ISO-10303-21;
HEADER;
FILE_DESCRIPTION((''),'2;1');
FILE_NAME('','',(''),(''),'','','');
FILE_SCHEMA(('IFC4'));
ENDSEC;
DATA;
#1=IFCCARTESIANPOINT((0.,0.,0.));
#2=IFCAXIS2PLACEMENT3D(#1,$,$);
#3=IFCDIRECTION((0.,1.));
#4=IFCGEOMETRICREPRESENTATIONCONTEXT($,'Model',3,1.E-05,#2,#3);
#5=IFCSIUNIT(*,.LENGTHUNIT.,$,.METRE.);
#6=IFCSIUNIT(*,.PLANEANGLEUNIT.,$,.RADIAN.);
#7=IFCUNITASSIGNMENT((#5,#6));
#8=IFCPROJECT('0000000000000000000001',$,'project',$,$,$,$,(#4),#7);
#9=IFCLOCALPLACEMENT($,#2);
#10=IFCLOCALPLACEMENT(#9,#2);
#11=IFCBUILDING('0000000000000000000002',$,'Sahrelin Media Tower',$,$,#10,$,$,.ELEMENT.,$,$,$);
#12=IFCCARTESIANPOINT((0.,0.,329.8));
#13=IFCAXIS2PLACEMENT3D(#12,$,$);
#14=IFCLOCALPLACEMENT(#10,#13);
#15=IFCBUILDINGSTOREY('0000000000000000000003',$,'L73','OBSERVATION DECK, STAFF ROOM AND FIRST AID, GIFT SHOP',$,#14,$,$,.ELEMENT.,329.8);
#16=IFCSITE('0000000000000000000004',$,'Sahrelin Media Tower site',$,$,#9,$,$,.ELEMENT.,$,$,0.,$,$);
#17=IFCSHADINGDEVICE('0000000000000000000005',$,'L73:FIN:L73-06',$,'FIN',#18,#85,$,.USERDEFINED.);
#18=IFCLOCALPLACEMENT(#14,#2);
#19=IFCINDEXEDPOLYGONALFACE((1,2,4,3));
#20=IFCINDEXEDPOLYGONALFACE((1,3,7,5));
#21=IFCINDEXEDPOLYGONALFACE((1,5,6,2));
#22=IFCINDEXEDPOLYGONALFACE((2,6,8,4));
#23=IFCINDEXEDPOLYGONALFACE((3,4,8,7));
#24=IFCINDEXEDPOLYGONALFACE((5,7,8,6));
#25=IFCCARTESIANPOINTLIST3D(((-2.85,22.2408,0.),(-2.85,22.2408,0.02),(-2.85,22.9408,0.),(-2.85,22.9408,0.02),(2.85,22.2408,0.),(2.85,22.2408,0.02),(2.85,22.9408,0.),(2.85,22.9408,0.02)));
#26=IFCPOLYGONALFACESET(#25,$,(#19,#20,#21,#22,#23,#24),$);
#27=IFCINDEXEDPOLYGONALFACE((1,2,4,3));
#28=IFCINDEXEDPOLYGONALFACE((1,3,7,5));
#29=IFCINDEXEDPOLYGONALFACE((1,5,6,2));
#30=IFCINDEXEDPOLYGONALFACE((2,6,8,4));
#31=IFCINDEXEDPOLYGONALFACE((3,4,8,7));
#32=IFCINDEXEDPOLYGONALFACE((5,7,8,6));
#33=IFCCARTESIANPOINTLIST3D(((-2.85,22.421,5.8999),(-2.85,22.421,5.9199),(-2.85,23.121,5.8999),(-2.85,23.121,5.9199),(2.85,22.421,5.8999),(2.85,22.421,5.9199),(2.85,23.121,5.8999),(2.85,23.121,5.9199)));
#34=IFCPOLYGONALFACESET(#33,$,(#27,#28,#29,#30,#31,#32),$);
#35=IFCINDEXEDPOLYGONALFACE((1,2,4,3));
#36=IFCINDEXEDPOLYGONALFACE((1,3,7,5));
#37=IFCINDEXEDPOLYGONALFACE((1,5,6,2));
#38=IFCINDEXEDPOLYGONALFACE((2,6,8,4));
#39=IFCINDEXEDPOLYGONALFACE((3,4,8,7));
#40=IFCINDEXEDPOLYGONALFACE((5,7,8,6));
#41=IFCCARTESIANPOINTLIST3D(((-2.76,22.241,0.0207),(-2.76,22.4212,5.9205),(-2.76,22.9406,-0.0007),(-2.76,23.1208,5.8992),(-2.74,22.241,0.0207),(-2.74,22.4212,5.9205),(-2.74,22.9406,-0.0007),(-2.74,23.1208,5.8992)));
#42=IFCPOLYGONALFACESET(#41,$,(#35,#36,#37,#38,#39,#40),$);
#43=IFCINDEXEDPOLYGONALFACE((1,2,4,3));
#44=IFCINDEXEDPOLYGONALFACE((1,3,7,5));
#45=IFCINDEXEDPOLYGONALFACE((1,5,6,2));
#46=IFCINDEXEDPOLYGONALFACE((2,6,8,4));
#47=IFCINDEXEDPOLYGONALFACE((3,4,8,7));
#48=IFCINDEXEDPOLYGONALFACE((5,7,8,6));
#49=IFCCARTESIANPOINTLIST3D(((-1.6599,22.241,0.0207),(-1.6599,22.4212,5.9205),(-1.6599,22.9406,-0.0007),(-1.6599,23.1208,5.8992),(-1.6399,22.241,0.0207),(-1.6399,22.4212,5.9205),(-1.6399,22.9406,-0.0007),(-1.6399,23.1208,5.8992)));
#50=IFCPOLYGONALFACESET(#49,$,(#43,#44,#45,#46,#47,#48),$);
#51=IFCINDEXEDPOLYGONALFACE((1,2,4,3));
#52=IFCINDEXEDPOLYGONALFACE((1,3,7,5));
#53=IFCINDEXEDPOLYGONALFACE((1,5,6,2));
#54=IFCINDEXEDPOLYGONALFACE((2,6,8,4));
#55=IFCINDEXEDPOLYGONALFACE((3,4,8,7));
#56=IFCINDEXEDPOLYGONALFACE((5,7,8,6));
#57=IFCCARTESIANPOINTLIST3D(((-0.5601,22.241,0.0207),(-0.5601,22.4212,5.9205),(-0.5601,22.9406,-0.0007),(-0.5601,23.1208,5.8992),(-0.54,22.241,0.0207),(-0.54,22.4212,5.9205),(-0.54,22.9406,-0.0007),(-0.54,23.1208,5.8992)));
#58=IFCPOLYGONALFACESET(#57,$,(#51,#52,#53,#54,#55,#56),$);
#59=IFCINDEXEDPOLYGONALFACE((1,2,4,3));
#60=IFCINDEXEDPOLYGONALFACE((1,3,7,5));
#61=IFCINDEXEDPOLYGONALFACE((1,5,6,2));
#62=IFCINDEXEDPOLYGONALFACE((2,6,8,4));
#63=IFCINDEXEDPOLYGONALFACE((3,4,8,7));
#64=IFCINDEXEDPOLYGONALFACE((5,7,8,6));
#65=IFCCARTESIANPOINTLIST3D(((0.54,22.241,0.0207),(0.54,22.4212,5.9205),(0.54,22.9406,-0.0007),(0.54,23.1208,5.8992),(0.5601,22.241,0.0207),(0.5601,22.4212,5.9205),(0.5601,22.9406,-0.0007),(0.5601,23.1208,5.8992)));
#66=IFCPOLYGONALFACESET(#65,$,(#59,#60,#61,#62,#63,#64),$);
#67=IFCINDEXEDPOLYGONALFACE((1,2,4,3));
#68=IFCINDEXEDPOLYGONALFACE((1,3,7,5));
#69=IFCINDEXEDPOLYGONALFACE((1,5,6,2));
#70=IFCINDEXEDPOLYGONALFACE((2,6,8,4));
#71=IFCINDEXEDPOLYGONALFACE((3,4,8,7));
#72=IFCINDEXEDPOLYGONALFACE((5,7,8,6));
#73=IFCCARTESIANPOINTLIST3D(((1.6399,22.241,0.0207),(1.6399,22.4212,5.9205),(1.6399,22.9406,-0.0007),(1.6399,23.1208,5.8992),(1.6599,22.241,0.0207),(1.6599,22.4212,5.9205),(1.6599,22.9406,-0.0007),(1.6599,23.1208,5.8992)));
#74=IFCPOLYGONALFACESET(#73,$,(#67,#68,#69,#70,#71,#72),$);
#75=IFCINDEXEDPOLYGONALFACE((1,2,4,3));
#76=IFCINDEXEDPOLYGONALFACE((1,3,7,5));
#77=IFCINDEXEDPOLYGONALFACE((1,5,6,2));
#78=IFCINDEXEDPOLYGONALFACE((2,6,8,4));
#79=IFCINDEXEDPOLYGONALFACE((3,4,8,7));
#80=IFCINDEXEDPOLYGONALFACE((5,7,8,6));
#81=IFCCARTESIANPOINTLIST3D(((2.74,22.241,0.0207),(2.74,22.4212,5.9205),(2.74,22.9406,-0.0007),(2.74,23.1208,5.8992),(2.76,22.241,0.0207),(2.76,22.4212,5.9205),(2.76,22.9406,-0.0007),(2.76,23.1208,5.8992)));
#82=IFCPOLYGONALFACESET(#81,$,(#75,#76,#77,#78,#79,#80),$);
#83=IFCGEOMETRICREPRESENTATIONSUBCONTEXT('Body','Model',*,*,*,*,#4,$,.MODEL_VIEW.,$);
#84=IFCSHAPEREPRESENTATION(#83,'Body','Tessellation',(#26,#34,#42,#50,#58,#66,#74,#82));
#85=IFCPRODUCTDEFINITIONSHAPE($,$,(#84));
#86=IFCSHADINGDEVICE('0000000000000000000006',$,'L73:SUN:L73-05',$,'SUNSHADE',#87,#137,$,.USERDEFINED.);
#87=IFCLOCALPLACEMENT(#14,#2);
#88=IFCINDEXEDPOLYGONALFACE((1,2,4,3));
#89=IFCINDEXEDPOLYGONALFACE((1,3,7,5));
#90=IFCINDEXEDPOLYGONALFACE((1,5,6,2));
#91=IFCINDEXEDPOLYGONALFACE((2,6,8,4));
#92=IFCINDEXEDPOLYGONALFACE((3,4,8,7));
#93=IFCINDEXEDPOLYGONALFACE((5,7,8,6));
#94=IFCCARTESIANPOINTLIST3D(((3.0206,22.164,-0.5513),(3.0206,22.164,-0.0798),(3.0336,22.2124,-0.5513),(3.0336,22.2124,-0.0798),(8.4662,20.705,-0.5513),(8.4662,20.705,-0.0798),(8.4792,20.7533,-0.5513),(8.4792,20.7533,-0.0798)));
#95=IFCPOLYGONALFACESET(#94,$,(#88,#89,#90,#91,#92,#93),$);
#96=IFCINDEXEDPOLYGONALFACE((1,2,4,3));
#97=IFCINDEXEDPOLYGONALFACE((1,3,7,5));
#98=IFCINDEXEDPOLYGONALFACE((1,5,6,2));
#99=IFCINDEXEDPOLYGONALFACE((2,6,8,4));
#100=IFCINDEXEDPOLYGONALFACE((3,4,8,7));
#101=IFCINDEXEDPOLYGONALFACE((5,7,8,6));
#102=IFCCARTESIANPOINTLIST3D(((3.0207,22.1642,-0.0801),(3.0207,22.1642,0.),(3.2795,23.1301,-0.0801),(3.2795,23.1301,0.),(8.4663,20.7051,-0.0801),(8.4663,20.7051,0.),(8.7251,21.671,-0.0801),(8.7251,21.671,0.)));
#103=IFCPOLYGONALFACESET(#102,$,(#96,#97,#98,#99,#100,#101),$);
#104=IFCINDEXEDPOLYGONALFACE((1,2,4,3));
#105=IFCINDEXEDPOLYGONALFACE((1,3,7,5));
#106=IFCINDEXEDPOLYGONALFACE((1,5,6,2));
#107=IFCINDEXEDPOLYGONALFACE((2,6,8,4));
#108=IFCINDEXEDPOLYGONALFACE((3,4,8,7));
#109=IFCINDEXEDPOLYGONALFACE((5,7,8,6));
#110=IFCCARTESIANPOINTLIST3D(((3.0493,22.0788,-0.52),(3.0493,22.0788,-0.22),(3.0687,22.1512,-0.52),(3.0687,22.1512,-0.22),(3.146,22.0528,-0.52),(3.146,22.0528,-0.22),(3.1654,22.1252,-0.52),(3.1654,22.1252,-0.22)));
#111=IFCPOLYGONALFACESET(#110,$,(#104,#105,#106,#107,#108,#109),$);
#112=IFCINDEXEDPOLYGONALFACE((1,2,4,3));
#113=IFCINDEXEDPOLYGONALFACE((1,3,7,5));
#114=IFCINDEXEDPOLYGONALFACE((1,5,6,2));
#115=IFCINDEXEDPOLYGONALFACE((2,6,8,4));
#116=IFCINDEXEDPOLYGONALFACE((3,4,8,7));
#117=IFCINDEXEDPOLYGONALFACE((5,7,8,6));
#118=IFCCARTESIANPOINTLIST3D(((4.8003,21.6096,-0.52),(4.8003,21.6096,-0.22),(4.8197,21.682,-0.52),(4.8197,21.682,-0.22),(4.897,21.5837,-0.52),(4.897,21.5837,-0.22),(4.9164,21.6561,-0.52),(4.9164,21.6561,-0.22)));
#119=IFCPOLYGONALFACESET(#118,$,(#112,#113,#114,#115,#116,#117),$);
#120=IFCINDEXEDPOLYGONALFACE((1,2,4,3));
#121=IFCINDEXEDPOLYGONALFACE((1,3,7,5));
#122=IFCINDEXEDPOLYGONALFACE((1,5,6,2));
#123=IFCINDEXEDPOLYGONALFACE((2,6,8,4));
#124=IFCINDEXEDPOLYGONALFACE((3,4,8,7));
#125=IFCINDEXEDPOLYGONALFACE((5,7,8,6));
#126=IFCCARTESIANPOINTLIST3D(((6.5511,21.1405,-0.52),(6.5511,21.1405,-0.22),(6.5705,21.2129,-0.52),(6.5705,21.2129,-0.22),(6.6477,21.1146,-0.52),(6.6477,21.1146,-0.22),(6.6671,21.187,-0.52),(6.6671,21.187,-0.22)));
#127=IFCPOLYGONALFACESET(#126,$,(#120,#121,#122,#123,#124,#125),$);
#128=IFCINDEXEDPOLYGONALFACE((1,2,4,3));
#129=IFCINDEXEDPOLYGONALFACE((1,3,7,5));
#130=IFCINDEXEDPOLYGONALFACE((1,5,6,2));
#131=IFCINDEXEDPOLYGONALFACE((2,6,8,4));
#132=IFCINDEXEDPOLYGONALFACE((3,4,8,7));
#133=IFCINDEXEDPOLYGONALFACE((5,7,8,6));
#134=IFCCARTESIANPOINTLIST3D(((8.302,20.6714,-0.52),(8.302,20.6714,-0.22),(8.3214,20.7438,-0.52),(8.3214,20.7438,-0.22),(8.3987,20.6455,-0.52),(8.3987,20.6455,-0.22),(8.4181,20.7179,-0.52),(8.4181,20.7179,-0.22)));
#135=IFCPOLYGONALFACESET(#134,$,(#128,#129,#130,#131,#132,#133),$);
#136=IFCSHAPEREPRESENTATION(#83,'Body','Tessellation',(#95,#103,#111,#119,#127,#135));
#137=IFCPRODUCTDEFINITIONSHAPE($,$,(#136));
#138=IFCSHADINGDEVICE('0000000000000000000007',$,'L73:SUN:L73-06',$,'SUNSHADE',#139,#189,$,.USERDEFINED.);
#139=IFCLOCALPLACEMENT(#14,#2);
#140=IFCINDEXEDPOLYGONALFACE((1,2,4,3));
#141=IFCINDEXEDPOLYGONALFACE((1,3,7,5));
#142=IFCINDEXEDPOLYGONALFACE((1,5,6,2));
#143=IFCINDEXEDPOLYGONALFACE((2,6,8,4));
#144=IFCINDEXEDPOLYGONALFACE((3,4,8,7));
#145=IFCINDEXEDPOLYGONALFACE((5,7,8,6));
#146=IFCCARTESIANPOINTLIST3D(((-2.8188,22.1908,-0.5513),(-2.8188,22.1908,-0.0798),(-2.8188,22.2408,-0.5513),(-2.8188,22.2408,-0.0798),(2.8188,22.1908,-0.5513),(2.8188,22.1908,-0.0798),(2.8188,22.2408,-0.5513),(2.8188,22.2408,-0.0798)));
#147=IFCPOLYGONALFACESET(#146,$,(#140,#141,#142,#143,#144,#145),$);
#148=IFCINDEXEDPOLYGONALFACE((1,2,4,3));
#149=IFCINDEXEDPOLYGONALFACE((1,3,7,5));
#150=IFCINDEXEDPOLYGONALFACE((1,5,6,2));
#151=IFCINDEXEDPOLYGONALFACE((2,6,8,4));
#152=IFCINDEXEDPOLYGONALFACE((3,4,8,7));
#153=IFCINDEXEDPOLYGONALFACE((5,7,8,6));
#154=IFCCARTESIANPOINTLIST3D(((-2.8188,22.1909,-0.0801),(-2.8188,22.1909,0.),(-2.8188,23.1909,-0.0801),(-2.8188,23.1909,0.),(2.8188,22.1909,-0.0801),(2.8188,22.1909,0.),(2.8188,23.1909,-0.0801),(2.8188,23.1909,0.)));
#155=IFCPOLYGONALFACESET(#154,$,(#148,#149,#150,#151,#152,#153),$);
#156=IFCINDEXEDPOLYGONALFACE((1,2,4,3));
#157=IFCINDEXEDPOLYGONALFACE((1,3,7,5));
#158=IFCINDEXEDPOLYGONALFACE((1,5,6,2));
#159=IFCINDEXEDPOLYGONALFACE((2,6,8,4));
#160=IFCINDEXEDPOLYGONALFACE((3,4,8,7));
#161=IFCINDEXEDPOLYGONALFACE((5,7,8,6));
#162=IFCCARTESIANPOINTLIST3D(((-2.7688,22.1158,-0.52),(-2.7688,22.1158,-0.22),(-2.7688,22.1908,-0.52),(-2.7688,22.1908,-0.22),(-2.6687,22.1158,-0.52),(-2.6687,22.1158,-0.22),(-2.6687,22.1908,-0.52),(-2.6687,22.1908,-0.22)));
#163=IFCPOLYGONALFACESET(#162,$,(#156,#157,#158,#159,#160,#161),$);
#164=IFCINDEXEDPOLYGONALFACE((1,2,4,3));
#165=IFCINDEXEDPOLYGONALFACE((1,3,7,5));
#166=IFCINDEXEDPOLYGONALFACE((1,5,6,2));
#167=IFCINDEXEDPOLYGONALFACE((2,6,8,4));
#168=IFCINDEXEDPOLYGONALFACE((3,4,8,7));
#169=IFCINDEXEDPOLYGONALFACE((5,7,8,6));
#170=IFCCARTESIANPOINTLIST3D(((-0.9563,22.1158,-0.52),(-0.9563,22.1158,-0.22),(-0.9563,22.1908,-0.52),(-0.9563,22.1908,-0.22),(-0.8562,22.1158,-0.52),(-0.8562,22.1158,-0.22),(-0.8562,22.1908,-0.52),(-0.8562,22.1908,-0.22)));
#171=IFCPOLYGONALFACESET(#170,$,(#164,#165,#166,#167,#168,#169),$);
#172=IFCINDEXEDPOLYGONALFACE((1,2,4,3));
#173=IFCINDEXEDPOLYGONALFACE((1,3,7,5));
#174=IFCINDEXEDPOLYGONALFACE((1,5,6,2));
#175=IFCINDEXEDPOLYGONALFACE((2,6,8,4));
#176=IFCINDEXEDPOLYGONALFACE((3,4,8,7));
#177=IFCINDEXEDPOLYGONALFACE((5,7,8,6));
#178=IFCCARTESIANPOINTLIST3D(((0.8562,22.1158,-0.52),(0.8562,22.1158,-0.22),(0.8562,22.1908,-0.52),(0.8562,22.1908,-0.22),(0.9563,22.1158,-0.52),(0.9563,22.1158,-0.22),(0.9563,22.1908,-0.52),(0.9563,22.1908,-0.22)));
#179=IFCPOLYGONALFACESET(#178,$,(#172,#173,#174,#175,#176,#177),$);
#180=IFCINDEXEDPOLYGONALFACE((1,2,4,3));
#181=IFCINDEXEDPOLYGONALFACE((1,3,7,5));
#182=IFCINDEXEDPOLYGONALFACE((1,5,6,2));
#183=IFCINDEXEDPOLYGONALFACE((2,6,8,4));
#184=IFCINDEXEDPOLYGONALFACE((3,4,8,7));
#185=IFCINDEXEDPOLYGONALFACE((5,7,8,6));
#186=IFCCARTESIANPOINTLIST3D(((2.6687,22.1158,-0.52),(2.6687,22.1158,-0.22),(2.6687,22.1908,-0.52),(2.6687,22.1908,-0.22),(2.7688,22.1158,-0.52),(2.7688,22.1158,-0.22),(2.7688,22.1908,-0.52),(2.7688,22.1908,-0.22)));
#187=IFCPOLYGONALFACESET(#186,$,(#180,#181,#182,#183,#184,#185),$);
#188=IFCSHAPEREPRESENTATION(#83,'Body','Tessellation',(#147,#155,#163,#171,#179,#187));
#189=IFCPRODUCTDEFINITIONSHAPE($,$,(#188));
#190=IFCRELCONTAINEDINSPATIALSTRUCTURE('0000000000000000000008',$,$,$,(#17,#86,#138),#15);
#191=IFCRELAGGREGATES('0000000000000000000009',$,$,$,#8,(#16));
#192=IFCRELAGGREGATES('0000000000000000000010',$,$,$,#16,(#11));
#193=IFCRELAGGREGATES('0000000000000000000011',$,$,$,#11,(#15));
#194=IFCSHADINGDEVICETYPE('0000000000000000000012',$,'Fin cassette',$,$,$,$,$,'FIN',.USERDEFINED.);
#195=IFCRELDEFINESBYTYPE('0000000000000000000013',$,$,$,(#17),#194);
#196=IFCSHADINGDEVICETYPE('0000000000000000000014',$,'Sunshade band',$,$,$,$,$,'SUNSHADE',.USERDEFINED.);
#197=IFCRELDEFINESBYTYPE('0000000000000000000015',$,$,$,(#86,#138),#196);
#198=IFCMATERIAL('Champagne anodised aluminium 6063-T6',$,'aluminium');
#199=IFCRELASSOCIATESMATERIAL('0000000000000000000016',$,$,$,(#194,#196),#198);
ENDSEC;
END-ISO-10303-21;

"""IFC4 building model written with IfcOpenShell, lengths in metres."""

from ifc_helpers import new_model, si_unit, direction, frame, origin, origin_2d, place, context, subcontext, project, spatial, rectangle, extrude, material, type_object, element, save


model = new_model("IFC4")

# Units and contexts
model_context = context("Model", 3, precision=1e-05, world=origin(), true_north=direction((0.0, 1.0)))
body_context = subcontext(model_context, "Body", "Model", "MODEL_VIEW")
ifc_project = project(units=[si_unit("LENGTHUNIT", "METRE"), si_unit("PLANEANGLEUNIT", "RADIAN")], contexts=[model_context])

# Site, building, storey
site_placement = place(None, origin())
site = spatial("IfcSite", under=ifc_project, at=site_placement, Name="Sahrelin Media Tower site", CompositionType="ELEMENT", RefElevation=0.0)
building_placement = place(site_placement, origin())
building = spatial("IfcBuilding", under=site, at=building_placement, Name="Sahrelin Media Tower", CompositionType="ELEMENT")
storey_placement = place(building_placement, frame((0.0, 0.0, 329.8)))
storey = spatial("IfcBuildingStorey", under=building, at=storey_placement, Name="L73", Description="OBSERVATION DECK, STAFF ROOM AND FIRST AID, GIFT SHOP", CompositionType="ELEMENT", Elevation=329.8)

# Shared definitions
ifc_material_1 = material(Name="Champagne anodised aluminium 6063-T6", Category="aluminium")

# Shared definitions
placement_1 = place(storey_placement, frame((0.0, 22.1709, 0.0), z_axis=(0.0, 0.0, 1.0), x_axis=(1.0, 0.0, 0.0)))

# Shading devices
shading_device_type_1 = type_object("IfcShadingDeviceType", Name="Fin cassette", ElementType="FIN", PredefinedType="USERDEFINED", material=ifc_material_1)
placement_2 = place(storey_placement, frame((5.7383, 21.4153, 0.0), z_axis=(0.0, 0.0, 1.0), x_axis=(0.965929, -0.258808, 0.0)))
element("IfcShadingDevice", 1, at=placement_1, inside=storey, type_object=shading_device_type_1, Name="L73:FIN:L73-06", ObjectType="FIN", PredefinedType="USERDEFINED", context=body_context, shape_type="SweptSolid", body=[
    extrude(rectangle(XDim=5.7, YDim=0.7, at=origin_2d()), frame((0.0, 0.4199, 0.0)), (0.0, 0.0, 1.0), 0.02),
    extrude(rectangle(XDim=5.7, YDim=0.7, at=origin_2d()), frame((0.0, 0.6001, 5.8999)), (0.0, 0.0, 1.0), 0.02),
    extrude(rectangle(XDim=0.02, YDim=0.7, at=origin_2d()), frame((-2.75, 0.4199, 0.01), z_axis=(0.0, 0.030525, 0.999534), x_axis=(-1.0, 0.0, 0.0)), (0.0, 0.0, 1.0), 5.9026),
    extrude(rectangle(XDim=0.02, YDim=0.7, at=origin_2d()), frame((-1.6499, 0.4199, 0.01), z_axis=(0.0, 0.030525, 0.999534), x_axis=(-1.0, 0.0, 0.0)), (0.0, 0.0, 1.0), 5.9026),
    extrude(rectangle(XDim=0.02, YDim=0.7, at=origin_2d()), frame((-0.55, 0.4199, 0.01), z_axis=(0.0, 0.030525, 0.999534), x_axis=(-1.0, 0.0, 0.0)), (0.0, 0.0, 1.0), 5.9026),
    extrude(rectangle(XDim=0.02, YDim=0.7, at=origin_2d()), frame((0.55, 0.4199, 0.01), z_axis=(0.0, 0.030525, 0.999534), x_axis=(-1.0, 0.0, 0.0)), (0.0, 0.0, 1.0), 5.9026),
    extrude(rectangle(XDim=0.02, YDim=0.7, at=origin_2d()), frame((1.6499, 0.4199, 0.01), z_axis=(0.0, 0.030525, 0.999534), x_axis=(-1.0, 0.0, 0.0)), (0.0, 0.0, 1.0), 5.9026),
    extrude(rectangle(XDim=0.02, YDim=0.7, at=origin_2d()), frame((2.75, 0.4199, 0.01), z_axis=(0.0, 0.030525, 0.999534), x_axis=(-1.0, 0.0, 0.0)), (0.0, 0.0, 1.0), 5.9026),
])
shading_device_type_2 = type_object("IfcShadingDeviceType", Name="Sunshade band", ElementType="SUNSHADE", PredefinedType="USERDEFINED", material=ifc_material_1)
element("IfcShadingDevice", 2, at=placement_2, inside=storey, type_object=shading_device_type_2, Name="L73:SUN:L73-05", ObjectType="SUNSHADE", PredefinedType="USERDEFINED", context=body_context, shape_type="SweptSolid", body=[
    extrude(rectangle(XDim=5.6377, YDim=0.05, at=origin_2d()), frame((0.0, 0.0449, -0.5513)), (0.0, 0.0, 1.0), 0.4714),
    extrude(rectangle(XDim=5.6377, YDim=1.0, at=origin_2d()), frame((0.0, 0.52, -0.0801)), (0.0, 0.0, 1.0), 0.0801),
    extrude(rectangle(XDim=0.1001, YDim=0.075, at=origin_2d()), frame((-2.719, -0.0176, -0.52)), (0.0, 0.0, 1.0), 0.3),
    extrude(rectangle(XDim=0.1001, YDim=0.075, at=origin_2d()), frame((-0.9062, -0.0176, -0.52)), (0.0, 0.0, 1.0), 0.3),
    extrude(rectangle(XDim=0.1001, YDim=0.075, at=origin_2d()), frame((0.9062, -0.0176, -0.52)), (0.0, 0.0, 1.0), 0.3),
    extrude(rectangle(XDim=0.1001, YDim=0.075, at=origin_2d()), frame((2.719, -0.0176, -0.52)), (0.0, 0.0, 1.0), 0.3),
])
element("IfcShadingDevice", 3, at=placement_1, inside=storey, type_object=shading_device_type_2, Name="L73:SUN:L73-06", ObjectType="SUNSHADE", PredefinedType="USERDEFINED", context=body_context, shape_type="SweptSolid", body=[
    extrude(rectangle(XDim=5.6377, YDim=0.05, at=origin_2d()), frame((0.0, 0.0449, -0.5513)), (0.0, 0.0, 1.0), 0.4714),
    extrude(rectangle(XDim=5.6377, YDim=1.0, at=origin_2d()), frame((0.0, 0.52, -0.0801)), (0.0, 0.0, 1.0), 0.0801),
    extrude(rectangle(XDim=0.1001, YDim=0.075, at=origin_2d()), frame((-2.7188, -0.0176, -0.52)), (0.0, 0.0, 1.0), 0.3),
    extrude(rectangle(XDim=0.1001, YDim=0.075, at=origin_2d()), frame((-0.9062, -0.0176, -0.52)), (0.0, 0.0, 1.0), 0.3),
    extrude(rectangle(XDim=0.1001, YDim=0.075, at=origin_2d()), frame((0.9062, -0.0176, -0.52)), (0.0, 0.0, 1.0), 0.3),
    extrude(rectangle(XDim=0.1001, YDim=0.075, at=origin_2d()), frame((2.7188, -0.0176, -0.52)), (0.0, 0.0, 1.0), 0.3),
])

save(model, "model.ifc")
